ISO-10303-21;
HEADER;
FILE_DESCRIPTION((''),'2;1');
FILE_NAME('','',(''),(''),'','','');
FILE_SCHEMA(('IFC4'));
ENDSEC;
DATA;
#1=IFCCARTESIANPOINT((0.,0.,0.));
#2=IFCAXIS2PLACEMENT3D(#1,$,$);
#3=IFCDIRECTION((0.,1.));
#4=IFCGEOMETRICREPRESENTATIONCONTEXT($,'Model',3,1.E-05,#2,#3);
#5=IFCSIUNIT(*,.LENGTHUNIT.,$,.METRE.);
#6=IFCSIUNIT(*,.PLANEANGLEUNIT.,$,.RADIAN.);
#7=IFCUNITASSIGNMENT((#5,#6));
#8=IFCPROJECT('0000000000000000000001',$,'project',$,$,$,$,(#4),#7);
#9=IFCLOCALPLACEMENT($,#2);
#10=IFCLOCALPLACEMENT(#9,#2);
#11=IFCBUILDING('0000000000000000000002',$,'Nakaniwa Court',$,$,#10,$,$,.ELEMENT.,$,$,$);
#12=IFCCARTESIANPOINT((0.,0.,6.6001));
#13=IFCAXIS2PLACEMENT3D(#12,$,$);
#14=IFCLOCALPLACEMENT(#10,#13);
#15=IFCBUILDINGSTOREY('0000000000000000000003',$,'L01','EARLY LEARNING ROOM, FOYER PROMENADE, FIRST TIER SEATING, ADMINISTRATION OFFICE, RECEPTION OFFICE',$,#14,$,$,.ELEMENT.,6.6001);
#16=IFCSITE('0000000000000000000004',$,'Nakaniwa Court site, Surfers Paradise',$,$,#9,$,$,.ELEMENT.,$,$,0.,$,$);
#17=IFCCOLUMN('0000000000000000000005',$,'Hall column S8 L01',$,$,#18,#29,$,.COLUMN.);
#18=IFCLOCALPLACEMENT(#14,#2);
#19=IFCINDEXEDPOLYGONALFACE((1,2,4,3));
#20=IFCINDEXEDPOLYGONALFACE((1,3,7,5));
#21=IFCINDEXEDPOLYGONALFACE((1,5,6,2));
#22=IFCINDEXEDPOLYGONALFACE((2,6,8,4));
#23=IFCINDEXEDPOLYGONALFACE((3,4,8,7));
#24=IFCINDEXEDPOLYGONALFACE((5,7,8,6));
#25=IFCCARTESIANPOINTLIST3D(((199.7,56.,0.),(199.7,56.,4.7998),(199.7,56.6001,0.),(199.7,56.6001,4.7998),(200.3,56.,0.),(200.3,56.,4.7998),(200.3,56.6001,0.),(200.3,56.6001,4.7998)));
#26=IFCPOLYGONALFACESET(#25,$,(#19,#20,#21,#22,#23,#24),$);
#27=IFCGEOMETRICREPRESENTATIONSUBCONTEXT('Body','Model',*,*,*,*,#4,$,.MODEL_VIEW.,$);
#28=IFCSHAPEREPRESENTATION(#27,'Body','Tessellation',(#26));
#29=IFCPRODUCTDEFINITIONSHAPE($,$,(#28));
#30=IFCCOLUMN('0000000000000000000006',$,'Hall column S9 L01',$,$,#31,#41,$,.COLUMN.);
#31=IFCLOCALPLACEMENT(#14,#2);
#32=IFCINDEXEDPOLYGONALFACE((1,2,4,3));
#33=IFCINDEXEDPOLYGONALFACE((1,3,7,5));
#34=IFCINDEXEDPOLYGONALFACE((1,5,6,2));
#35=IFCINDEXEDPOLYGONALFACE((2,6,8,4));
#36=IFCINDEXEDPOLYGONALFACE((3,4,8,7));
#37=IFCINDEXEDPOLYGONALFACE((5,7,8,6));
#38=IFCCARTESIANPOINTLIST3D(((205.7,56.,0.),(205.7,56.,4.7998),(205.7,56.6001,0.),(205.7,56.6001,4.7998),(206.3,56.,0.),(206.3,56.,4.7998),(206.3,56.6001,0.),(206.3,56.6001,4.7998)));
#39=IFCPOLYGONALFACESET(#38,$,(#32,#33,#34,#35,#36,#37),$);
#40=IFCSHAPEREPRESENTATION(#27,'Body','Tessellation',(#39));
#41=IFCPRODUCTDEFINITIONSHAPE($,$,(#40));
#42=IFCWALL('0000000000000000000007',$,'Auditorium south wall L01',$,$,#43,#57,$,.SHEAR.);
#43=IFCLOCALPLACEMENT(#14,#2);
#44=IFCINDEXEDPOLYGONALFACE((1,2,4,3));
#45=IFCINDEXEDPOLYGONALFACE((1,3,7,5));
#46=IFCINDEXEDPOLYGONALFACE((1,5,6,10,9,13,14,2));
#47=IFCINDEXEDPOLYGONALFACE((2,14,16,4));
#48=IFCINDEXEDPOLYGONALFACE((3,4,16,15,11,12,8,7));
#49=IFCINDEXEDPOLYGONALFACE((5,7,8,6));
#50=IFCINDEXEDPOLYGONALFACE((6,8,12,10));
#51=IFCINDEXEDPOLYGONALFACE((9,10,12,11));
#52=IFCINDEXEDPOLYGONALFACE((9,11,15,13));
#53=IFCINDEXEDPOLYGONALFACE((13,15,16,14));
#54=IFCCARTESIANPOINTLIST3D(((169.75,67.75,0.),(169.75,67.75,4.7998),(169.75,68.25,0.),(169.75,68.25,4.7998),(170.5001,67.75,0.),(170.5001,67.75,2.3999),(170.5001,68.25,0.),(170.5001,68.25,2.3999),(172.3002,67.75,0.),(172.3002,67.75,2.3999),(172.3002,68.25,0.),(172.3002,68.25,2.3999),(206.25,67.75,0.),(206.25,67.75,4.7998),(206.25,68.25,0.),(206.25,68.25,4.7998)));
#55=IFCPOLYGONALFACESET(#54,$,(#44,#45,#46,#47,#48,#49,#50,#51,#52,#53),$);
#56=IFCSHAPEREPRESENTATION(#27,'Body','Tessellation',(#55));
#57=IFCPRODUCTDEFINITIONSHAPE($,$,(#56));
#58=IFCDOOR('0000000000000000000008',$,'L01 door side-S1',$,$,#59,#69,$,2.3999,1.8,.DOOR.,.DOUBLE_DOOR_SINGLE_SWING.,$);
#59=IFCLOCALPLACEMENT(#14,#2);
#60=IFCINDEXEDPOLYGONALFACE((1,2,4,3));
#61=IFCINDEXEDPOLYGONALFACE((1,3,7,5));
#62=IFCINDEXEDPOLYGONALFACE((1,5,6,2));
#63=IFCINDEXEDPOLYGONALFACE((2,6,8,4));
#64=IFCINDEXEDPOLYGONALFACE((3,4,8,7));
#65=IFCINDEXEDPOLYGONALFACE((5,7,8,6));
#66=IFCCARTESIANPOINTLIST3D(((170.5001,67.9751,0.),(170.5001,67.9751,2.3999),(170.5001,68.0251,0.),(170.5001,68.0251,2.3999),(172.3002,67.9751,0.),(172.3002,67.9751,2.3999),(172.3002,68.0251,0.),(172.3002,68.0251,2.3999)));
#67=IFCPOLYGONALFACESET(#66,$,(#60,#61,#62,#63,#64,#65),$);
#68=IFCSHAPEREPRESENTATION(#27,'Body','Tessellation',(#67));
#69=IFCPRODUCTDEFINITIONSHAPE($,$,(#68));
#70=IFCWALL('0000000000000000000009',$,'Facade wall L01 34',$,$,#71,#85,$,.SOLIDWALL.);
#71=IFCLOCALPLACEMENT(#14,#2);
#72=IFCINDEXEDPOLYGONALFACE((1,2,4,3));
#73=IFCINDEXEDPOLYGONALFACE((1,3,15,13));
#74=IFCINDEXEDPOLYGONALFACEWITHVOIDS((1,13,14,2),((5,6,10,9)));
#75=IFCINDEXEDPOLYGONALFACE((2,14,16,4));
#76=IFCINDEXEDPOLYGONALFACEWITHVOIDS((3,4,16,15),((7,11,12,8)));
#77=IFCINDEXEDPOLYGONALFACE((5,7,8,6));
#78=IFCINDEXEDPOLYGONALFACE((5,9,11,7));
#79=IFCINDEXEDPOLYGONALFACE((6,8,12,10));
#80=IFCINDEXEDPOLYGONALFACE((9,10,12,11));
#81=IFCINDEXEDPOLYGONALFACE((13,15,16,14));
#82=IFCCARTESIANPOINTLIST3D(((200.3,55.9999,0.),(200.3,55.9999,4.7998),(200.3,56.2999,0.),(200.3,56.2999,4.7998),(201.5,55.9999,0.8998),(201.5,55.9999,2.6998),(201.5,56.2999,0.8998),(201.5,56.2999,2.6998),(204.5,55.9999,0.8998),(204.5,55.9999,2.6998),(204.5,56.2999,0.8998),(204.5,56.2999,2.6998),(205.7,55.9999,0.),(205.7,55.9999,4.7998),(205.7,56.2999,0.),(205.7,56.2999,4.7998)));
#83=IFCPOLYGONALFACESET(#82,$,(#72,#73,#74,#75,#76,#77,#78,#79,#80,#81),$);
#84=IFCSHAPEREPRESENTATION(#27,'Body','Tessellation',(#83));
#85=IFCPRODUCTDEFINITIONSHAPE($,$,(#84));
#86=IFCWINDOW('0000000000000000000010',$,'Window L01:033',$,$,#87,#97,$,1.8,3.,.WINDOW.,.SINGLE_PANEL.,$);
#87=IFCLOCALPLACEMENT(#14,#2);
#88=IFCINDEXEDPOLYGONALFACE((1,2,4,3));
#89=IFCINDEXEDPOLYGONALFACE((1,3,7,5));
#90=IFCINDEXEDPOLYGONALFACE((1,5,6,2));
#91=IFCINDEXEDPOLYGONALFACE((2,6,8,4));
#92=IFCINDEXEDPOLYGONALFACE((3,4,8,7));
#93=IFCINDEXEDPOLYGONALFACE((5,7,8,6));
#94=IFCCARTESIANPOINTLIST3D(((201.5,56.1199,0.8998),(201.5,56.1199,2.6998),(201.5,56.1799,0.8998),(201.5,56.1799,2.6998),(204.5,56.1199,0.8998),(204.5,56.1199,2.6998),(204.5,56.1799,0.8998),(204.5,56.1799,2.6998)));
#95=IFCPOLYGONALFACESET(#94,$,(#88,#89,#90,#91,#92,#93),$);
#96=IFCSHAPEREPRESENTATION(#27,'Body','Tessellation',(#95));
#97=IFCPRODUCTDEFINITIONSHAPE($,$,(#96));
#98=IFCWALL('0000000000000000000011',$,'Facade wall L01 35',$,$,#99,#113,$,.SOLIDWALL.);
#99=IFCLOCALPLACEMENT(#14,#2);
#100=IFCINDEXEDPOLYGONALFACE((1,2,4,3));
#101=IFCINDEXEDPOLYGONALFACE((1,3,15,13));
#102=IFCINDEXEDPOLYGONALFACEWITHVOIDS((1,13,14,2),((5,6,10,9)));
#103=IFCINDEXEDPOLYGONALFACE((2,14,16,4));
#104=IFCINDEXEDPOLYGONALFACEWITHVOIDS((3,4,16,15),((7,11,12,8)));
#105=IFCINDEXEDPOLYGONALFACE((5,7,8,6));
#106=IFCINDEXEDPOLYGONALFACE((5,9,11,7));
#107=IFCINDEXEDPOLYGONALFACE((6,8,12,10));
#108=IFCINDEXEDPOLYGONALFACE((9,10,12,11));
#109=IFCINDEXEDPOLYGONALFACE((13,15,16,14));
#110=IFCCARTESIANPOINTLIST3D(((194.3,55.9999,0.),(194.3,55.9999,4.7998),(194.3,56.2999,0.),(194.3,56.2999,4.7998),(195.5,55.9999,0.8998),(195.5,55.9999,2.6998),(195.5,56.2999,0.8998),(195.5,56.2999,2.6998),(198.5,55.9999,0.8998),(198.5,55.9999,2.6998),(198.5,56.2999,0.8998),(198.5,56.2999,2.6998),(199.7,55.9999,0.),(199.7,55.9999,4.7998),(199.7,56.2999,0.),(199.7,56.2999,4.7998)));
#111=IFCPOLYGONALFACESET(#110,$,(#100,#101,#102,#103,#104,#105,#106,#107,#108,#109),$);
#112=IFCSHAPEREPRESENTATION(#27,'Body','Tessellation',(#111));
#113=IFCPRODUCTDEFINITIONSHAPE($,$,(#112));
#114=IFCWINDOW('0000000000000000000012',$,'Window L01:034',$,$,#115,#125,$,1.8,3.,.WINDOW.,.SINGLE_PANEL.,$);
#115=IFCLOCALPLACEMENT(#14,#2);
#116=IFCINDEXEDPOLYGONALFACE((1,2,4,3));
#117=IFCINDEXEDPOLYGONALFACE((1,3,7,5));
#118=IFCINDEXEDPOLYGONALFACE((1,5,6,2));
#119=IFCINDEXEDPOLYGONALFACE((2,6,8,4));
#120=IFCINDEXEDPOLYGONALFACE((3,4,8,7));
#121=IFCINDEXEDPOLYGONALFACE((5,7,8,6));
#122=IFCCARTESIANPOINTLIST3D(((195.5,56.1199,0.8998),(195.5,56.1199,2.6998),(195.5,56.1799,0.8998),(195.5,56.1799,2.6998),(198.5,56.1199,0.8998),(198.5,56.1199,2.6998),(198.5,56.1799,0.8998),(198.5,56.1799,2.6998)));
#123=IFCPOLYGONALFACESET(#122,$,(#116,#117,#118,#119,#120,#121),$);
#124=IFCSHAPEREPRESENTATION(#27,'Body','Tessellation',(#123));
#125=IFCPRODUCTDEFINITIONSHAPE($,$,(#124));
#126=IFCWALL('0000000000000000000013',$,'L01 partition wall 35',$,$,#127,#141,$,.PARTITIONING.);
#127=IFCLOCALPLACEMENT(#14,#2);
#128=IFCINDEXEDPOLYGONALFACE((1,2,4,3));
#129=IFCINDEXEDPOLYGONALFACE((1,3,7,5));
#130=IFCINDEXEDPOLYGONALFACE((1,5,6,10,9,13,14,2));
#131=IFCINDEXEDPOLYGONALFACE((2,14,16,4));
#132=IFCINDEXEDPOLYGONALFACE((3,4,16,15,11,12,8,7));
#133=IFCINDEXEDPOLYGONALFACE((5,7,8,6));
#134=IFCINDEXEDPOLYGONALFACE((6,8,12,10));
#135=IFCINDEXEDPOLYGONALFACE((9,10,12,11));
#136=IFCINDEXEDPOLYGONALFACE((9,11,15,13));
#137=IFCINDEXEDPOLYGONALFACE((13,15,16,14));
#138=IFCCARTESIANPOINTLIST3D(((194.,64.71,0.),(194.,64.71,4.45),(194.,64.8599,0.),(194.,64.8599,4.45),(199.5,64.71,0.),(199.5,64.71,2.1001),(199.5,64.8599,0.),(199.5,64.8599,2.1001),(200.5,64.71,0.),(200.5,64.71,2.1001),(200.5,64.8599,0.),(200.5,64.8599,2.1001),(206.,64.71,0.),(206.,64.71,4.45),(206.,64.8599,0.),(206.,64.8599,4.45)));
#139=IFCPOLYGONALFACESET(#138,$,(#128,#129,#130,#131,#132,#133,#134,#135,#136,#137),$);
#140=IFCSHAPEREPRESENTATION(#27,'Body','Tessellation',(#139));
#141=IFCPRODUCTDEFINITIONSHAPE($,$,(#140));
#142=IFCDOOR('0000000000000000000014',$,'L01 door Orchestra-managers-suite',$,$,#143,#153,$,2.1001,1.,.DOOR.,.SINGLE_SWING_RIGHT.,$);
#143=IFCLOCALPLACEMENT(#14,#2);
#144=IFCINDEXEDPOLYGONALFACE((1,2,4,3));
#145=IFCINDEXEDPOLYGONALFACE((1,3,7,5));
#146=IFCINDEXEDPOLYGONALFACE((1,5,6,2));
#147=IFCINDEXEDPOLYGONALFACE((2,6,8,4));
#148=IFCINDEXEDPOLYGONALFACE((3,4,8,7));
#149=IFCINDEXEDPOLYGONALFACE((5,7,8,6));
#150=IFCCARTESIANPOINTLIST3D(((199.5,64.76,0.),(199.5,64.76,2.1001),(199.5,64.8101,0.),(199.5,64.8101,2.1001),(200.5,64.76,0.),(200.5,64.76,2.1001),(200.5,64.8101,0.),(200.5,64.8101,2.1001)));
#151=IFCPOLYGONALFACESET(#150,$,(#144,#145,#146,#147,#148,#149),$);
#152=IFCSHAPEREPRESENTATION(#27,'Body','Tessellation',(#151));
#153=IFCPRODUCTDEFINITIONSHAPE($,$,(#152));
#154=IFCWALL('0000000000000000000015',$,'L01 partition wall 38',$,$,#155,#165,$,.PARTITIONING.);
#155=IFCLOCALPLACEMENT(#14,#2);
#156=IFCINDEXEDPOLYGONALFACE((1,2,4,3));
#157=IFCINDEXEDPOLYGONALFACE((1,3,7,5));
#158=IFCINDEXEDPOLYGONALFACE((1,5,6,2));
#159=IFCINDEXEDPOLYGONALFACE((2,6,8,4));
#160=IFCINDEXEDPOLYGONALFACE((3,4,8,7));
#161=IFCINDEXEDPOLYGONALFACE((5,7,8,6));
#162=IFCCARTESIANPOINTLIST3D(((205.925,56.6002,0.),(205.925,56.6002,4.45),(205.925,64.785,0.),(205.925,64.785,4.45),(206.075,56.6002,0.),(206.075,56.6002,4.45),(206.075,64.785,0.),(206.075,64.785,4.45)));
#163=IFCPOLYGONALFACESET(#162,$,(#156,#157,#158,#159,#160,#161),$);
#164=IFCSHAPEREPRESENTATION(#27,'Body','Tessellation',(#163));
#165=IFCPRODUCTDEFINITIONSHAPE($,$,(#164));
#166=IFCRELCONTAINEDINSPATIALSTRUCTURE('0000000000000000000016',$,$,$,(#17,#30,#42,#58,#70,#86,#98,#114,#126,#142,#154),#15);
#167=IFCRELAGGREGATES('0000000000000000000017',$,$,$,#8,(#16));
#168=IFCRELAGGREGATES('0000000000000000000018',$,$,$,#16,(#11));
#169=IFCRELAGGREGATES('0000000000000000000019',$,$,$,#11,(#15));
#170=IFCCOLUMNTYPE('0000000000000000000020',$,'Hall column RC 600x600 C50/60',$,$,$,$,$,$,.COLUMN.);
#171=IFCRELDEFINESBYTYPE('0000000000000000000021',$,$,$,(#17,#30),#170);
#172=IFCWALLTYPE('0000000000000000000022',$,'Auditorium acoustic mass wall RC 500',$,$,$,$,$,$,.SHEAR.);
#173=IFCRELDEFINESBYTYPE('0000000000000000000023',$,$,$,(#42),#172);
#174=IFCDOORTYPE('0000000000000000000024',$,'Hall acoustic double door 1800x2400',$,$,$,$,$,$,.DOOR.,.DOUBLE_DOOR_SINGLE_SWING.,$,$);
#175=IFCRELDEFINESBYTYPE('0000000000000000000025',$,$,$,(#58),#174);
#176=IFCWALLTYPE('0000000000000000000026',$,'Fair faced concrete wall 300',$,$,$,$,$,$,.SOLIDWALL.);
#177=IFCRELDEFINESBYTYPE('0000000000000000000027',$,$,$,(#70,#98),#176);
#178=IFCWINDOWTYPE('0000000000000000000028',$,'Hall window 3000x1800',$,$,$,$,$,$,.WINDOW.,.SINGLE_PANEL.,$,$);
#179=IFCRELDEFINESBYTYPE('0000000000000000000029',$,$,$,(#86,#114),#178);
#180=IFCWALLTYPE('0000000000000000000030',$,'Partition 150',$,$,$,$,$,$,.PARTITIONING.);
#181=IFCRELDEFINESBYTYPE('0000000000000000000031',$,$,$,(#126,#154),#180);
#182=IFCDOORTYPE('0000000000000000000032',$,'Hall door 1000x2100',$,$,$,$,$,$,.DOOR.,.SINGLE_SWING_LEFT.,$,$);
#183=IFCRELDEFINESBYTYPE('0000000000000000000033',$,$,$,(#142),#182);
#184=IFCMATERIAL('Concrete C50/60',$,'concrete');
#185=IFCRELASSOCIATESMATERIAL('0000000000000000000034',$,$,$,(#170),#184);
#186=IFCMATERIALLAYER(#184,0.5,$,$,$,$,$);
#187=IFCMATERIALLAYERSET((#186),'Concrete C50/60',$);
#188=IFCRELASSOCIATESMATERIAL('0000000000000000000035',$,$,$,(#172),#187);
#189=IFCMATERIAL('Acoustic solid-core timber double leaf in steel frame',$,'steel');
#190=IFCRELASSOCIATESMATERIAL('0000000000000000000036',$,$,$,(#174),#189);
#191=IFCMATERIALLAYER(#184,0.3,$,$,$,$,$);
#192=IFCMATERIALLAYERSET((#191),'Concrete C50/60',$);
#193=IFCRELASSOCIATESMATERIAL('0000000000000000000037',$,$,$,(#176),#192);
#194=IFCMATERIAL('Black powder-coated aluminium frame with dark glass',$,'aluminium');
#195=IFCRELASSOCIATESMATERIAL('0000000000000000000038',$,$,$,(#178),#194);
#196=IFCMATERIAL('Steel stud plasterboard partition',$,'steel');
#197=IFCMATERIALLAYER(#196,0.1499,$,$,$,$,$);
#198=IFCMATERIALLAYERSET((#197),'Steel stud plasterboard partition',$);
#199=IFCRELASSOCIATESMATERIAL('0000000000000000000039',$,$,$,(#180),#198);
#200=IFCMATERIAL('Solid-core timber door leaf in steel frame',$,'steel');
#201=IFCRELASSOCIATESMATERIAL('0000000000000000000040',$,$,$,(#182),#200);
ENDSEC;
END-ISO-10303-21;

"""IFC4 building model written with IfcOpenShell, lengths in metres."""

from ifc_helpers import new_model, si_unit, direction, frame, frame_2d, origin, origin_2d, place, context, subcontext, project, spatial, rectangle, extrude, material, layer, layer_set, material_profile, profile_set, type_object, element, fill, save


model = new_model("IFC4")

# Units and contexts
model_context = context("Model", 3, precision=1e-05, world=origin(), true_north=direction((0.0, 1.0)))
body_context = subcontext(model_context, "Body", "Model", "MODEL_VIEW")
ifc_project = project(units=[si_unit("LENGTHUNIT", "METRE"), si_unit("PLANEANGLEUNIT", "RADIAN")], contexts=[model_context])

# Site, building, storey
site_placement = place(None, origin())
site = spatial("IfcSite", under=ifc_project, at=site_placement, Name="Nakaniwa Court site, Surfers Paradise", CompositionType="ELEMENT", RefElevation=0.0)
building_placement = place(site_placement, origin())
building = spatial("IfcBuilding", under=site, at=building_placement, Name="Nakaniwa Court", CompositionType="ELEMENT")
storey_placement = place(building_placement, frame((0.0, 0.0, 6.6001)))
storey = spatial("IfcBuildingStorey", under=building, at=storey_placement, Name="L01", Description="EARLY LEARNING ROOM, FOYER PROMENADE, FIRST TIER SEATING, ADMINISTRATION OFFICE, RECEPTION OFFICE", CompositionType="ELEMENT", Elevation=6.6001)

# Columns
ifc_material_1 = material(Name="Concrete C50/60", Category="concrete")
ifc_material_profile_1 = material_profile(ifc_material_1, rectangle(XDim=0.6001, YDim=0.6001, at=origin_2d()), Name="RC 600x600")
ifc_profile_set_1 = profile_set([ifc_material_profile_1], Name="Concrete C50/60")
column_type = type_object("IfcColumnType", Name="Hall column RC 600x600 C50/60", PredefinedType="COLUMN", material=ifc_profile_set_1)
for number, where, z_axis, x_axis, name in (
    (1, (200.0, 56.3, 0.0), (0.0, 0.0, 1.0), (1.0, 0.0, 0.0), "Hall column S8 L01"),
    (2, (206.0, 56.3, 0.0), (0.0, 0.0, 1.0), (1.0, 0.0, 0.0), "Hall column S9 L01"),
):
    element("IfcColumn", number, at=place(storey_placement, frame(where, z_axis=z_axis, x_axis=x_axis)), inside=storey, type_object=column_type, Name=name, PredefinedType="COLUMN", context=body_context, shape_type="SweptSolid", body=[
        extrude(rectangle(XDim=0.6001, YDim=0.6001, at=origin_2d()), origin(), (0.0, 0.0, 1.0), 4.7998),
    ])

# Wall, opening, door
ifc_layer_1 = layer(ifc_material_1, 0.5)
ifc_layer_set_1 = layer_set([ifc_layer_1], Name="Concrete C50/60")
wall_type_1 = type_object("IfcWallType", Name="Auditorium acoustic mass wall RC 500", PredefinedType="SHEAR", material=ifc_layer_set_1)
wall_1_placement = place(storey_placement, frame((206.25, 68.0, 0.0), z_axis=(0.0, 0.0, 1.0), x_axis=(-1.0, 0.0, 0.0)))
wall_1 = element("IfcWall", 3, at=wall_1_placement, inside=storey, type_object=wall_type_1, Name="Auditorium south wall L01", PredefinedType="SHEAR", context=body_context, shape_type="SweptSolid", body=[
    extrude(rectangle(XDim=36.5, YDim=0.5, at=frame_2d((18.25, 0.0))), origin(), (0.0, 0.0, 1.0), 4.7998),
])
opening_1_placement = place(wall_1_placement, frame((33.95, 0.0, 0.0)))
opening_1 = element("IfcOpeningElement", 4, at=opening_1_placement, cuts=wall_1, PredefinedType="OPENING", context=body_context, shape_type="SweptSolid", body=[
    extrude(rectangle(XDim=1.8, YDim=2.3999, at=frame_2d((0.8999, 1.2))), frame((0.0, 0.26, 0.0), z_axis=(0.0, -1.0, 0.0), x_axis=(1.0, 0.0, 0.0)), (0.0, 0.0, 1.0), 0.52),
])
ifc_material_2 = material(Name="Acoustic solid-core timber double leaf in steel frame", Category="steel")
door_type_1 = type_object("IfcDoorType", Name="Hall acoustic double door 1800x2400", OperationType="DOUBLE_DOOR_SINGLE_SWING", PredefinedType="DOOR", material=ifc_material_2)
door_1_placement = place(opening_1_placement, origin())
door_1 = element("IfcDoor", 5, at=door_1_placement, inside=storey, type_object=door_type_1, Name="L01 door side-S1", OperationType="DOUBLE_DOOR_SINGLE_SWING", OverallHeight=2.3999, OverallWidth=1.8, PredefinedType="DOOR", context=body_context, shape_type="SweptSolid", body=[
    extrude(rectangle(XDim=1.8, YDim=2.3999, at=frame_2d((0.8999, 1.2))), frame((0.0, 0.0249, 0.0), z_axis=(0.0, -1.0, 0.0), x_axis=(1.0, 0.0, 0.0)), (0.0, 0.0, 1.0), 0.05),
])
fill(opening_1, door_1)

# Walls, openings, windows
ifc_layer_2 = layer(ifc_material_1, 0.3)
ifc_layer_set_2 = layer_set([ifc_layer_2], Name="Concrete C50/60")
wall_type_2 = type_object("IfcWallType", Name="Fair faced concrete wall 300", PredefinedType="SOLIDWALL", material=ifc_layer_set_2)
wall_2_placement = place(storey_placement, frame((205.7, 56.1499, 0.0), z_axis=(0.0, 0.0, 1.0), x_axis=(-1.0, 0.0, 0.0)))
wall_2 = element("IfcWall", 6, at=wall_2_placement, inside=storey, type_object=wall_type_2, Name="Facade wall L01 34", PredefinedType="SOLIDWALL", context=body_context, shape_type="SweptSolid", body=[
    extrude(rectangle(XDim=5.3999, YDim=0.3, at=frame_2d((2.7, 0.0))), origin(), (0.0, 0.0, 1.0), 4.7998),
])
opening_2_placement = place(wall_2_placement, frame((1.2, 0.0, 0.8999)))
opening_2 = element("IfcOpeningElement", 7, at=opening_2_placement, cuts=wall_2, PredefinedType="OPENING", context=body_context, shape_type="SweptSolid", body=[
    extrude(rectangle(XDim=3.0, YDim=1.8, at=frame_2d((1.5, 0.8999))), frame((0.0, 0.1599, 0.0), z_axis=(0.0, -1.0, 0.0), x_axis=(1.0, 0.0, 0.0)), (0.0, 0.0, 1.0), 0.3201),
])
ifc_material_3 = material(Name="Black powder-coated aluminium frame with dark glass", Category="aluminium")
window_type = type_object("IfcWindowType", Name="Hall window 3000x1800", PartitioningType="SINGLE_PANEL", PredefinedType="WINDOW", material=ifc_material_3)
window_1_placement = place(opening_2_placement, origin())
window_1 = element("IfcWindow", 8, at=window_1_placement, inside=storey, type_object=window_type, Name="Window L01:033", OverallHeight=1.8, OverallWidth=3.0, PartitioningType="SINGLE_PANEL", PredefinedType="WINDOW", context=body_context, shape_type="SweptSolid", body=[
    extrude(rectangle(XDim=3.0, YDim=1.8, at=frame_2d((1.5, 0.8999))), frame((0.0, 0.03, 0.0), z_axis=(0.0, -1.0, 0.0), x_axis=(1.0, 0.0, 0.0)), (0.0, 0.0, 1.0), 0.0601),
])
fill(opening_2, window_1)
wall_3_placement = place(storey_placement, frame((199.7, 56.1499, 0.0), z_axis=(0.0, 0.0, 1.0), x_axis=(-1.0, 0.0, 0.0)))
wall_3 = element("IfcWall", 9, at=wall_3_placement, inside=storey, type_object=wall_type_2, Name="Facade wall L01 35", PredefinedType="SOLIDWALL", context=body_context, shape_type="SweptSolid", body=[
    extrude(rectangle(XDim=5.3999, YDim=0.3, at=frame_2d((2.7, 0.0))), origin(), (0.0, 0.0, 1.0), 4.7998),
])
opening_3_placement = place(wall_3_placement, frame((1.2, 0.0, 0.8999)))
opening_3 = element("IfcOpeningElement", 10, at=opening_3_placement, cuts=wall_3, PredefinedType="OPENING", context=body_context, shape_type="SweptSolid", body=[
    extrude(rectangle(XDim=3.0, YDim=1.8, at=frame_2d((1.5, 0.8999))), frame((0.0, 0.1599, 0.0), z_axis=(0.0, -1.0, 0.0), x_axis=(1.0, 0.0, 0.0)), (0.0, 0.0, 1.0), 0.3201),
])
window_2_placement = place(opening_3_placement, origin())
window_2 = element("IfcWindow", 11, at=window_2_placement, inside=storey, type_object=window_type, Name="Window L01:034", OverallHeight=1.8, OverallWidth=3.0, PartitioningType="SINGLE_PANEL", PredefinedType="WINDOW", context=body_context, shape_type="SweptSolid", body=[
    extrude(rectangle(XDim=3.0, YDim=1.8, at=frame_2d((1.5, 0.8999))), frame((0.0, 0.03, 0.0), z_axis=(0.0, -1.0, 0.0), x_axis=(1.0, 0.0, 0.0)), (0.0, 0.0, 1.0), 0.0601),
])
fill(opening_3, window_2)

# Wall, opening, door
ifc_material_4 = material(Name="Steel stud plasterboard partition", Category="steel")
ifc_layer_3 = layer(ifc_material_4, 0.1499)
ifc_layer_set_3 = layer_set([ifc_layer_3], Name="Steel stud plasterboard partition")
wall_type_3 = type_object("IfcWallType", Name="Partition 150", PredefinedType="PARTITIONING", material=ifc_layer_set_3)
wall_4_placement = place(storey_placement, frame((206.0, 64.7849, 0.0), z_axis=(0.0, 0.0, 1.0), x_axis=(-1.0, 0.0, 0.0)))
wall_4 = element("IfcWall", 12, at=wall_4_placement, inside=storey, type_object=wall_type_3, Name="L01 partition wall 35", PredefinedType="PARTITIONING", context=body_context, shape_type="SweptSolid", body=[
    extrude(rectangle(XDim=12.0, YDim=0.1499, at=frame_2d((6.0, 0.0))), origin(), (0.0, 0.0, 1.0), 4.45),
])
opening_4_placement = place(wall_4_placement, frame((5.5, 0.0, 0.0)))
opening_4 = element("IfcOpeningElement", 13, at=opening_4_placement, cuts=wall_4, PredefinedType="OPENING", context=body_context, shape_type="SweptSolid", body=[
    extrude(rectangle(XDim=1.0, YDim=2.1001, at=frame_2d((0.5, 1.05))), frame((0.0, 0.085, 0.0), z_axis=(0.0, -1.0, 0.0), x_axis=(1.0, 0.0, 0.0)), (0.0, 0.0, 1.0), 0.1699),
])
ifc_material_5 = material(Name="Solid-core timber door leaf in steel frame", Category="steel")
door_type_2 = type_object("IfcDoorType", Name="Hall door 1000x2100", OperationType="SINGLE_SWING_LEFT", PredefinedType="DOOR", material=ifc_material_5)
door_2_placement = place(opening_4_placement, origin())
door_2 = element("IfcDoor", 14, at=door_2_placement, inside=storey, type_object=door_type_2, Name="L01 door Orchestra-managers-suite", OperationType="SINGLE_SWING_RIGHT", OverallHeight=2.1001, OverallWidth=1.0, PredefinedType="DOOR", context=body_context, shape_type="SweptSolid", body=[
    extrude(rectangle(XDim=1.0, YDim=2.1001, at=frame_2d((0.5, 1.05))), frame((0.0, 0.0249, 0.0), z_axis=(0.0, -1.0, 0.0), x_axis=(1.0, 0.0, 0.0)), (0.0, 0.0, 1.0), 0.05),
])
fill(opening_4, door_2)

# Wall
wall_5_placement = place(storey_placement, frame((206.0, 64.7849, 0.0), z_axis=(0.0, 0.0, 1.0), x_axis=(0.0, -1.0, 0.0)))
element("IfcWall", 15, at=wall_5_placement, inside=storey, type_object=wall_type_3, Name="L01 partition wall 38", PredefinedType="PARTITIONING", context=body_context, shape_type="SweptSolid", body=[
    extrude(rectangle(XDim=8.1848, YDim=0.1499, at=frame_2d((4.0923, 0.0))), origin(), (0.0, 0.0, 1.0), 4.45),
])

save(model, "model.ifc")
